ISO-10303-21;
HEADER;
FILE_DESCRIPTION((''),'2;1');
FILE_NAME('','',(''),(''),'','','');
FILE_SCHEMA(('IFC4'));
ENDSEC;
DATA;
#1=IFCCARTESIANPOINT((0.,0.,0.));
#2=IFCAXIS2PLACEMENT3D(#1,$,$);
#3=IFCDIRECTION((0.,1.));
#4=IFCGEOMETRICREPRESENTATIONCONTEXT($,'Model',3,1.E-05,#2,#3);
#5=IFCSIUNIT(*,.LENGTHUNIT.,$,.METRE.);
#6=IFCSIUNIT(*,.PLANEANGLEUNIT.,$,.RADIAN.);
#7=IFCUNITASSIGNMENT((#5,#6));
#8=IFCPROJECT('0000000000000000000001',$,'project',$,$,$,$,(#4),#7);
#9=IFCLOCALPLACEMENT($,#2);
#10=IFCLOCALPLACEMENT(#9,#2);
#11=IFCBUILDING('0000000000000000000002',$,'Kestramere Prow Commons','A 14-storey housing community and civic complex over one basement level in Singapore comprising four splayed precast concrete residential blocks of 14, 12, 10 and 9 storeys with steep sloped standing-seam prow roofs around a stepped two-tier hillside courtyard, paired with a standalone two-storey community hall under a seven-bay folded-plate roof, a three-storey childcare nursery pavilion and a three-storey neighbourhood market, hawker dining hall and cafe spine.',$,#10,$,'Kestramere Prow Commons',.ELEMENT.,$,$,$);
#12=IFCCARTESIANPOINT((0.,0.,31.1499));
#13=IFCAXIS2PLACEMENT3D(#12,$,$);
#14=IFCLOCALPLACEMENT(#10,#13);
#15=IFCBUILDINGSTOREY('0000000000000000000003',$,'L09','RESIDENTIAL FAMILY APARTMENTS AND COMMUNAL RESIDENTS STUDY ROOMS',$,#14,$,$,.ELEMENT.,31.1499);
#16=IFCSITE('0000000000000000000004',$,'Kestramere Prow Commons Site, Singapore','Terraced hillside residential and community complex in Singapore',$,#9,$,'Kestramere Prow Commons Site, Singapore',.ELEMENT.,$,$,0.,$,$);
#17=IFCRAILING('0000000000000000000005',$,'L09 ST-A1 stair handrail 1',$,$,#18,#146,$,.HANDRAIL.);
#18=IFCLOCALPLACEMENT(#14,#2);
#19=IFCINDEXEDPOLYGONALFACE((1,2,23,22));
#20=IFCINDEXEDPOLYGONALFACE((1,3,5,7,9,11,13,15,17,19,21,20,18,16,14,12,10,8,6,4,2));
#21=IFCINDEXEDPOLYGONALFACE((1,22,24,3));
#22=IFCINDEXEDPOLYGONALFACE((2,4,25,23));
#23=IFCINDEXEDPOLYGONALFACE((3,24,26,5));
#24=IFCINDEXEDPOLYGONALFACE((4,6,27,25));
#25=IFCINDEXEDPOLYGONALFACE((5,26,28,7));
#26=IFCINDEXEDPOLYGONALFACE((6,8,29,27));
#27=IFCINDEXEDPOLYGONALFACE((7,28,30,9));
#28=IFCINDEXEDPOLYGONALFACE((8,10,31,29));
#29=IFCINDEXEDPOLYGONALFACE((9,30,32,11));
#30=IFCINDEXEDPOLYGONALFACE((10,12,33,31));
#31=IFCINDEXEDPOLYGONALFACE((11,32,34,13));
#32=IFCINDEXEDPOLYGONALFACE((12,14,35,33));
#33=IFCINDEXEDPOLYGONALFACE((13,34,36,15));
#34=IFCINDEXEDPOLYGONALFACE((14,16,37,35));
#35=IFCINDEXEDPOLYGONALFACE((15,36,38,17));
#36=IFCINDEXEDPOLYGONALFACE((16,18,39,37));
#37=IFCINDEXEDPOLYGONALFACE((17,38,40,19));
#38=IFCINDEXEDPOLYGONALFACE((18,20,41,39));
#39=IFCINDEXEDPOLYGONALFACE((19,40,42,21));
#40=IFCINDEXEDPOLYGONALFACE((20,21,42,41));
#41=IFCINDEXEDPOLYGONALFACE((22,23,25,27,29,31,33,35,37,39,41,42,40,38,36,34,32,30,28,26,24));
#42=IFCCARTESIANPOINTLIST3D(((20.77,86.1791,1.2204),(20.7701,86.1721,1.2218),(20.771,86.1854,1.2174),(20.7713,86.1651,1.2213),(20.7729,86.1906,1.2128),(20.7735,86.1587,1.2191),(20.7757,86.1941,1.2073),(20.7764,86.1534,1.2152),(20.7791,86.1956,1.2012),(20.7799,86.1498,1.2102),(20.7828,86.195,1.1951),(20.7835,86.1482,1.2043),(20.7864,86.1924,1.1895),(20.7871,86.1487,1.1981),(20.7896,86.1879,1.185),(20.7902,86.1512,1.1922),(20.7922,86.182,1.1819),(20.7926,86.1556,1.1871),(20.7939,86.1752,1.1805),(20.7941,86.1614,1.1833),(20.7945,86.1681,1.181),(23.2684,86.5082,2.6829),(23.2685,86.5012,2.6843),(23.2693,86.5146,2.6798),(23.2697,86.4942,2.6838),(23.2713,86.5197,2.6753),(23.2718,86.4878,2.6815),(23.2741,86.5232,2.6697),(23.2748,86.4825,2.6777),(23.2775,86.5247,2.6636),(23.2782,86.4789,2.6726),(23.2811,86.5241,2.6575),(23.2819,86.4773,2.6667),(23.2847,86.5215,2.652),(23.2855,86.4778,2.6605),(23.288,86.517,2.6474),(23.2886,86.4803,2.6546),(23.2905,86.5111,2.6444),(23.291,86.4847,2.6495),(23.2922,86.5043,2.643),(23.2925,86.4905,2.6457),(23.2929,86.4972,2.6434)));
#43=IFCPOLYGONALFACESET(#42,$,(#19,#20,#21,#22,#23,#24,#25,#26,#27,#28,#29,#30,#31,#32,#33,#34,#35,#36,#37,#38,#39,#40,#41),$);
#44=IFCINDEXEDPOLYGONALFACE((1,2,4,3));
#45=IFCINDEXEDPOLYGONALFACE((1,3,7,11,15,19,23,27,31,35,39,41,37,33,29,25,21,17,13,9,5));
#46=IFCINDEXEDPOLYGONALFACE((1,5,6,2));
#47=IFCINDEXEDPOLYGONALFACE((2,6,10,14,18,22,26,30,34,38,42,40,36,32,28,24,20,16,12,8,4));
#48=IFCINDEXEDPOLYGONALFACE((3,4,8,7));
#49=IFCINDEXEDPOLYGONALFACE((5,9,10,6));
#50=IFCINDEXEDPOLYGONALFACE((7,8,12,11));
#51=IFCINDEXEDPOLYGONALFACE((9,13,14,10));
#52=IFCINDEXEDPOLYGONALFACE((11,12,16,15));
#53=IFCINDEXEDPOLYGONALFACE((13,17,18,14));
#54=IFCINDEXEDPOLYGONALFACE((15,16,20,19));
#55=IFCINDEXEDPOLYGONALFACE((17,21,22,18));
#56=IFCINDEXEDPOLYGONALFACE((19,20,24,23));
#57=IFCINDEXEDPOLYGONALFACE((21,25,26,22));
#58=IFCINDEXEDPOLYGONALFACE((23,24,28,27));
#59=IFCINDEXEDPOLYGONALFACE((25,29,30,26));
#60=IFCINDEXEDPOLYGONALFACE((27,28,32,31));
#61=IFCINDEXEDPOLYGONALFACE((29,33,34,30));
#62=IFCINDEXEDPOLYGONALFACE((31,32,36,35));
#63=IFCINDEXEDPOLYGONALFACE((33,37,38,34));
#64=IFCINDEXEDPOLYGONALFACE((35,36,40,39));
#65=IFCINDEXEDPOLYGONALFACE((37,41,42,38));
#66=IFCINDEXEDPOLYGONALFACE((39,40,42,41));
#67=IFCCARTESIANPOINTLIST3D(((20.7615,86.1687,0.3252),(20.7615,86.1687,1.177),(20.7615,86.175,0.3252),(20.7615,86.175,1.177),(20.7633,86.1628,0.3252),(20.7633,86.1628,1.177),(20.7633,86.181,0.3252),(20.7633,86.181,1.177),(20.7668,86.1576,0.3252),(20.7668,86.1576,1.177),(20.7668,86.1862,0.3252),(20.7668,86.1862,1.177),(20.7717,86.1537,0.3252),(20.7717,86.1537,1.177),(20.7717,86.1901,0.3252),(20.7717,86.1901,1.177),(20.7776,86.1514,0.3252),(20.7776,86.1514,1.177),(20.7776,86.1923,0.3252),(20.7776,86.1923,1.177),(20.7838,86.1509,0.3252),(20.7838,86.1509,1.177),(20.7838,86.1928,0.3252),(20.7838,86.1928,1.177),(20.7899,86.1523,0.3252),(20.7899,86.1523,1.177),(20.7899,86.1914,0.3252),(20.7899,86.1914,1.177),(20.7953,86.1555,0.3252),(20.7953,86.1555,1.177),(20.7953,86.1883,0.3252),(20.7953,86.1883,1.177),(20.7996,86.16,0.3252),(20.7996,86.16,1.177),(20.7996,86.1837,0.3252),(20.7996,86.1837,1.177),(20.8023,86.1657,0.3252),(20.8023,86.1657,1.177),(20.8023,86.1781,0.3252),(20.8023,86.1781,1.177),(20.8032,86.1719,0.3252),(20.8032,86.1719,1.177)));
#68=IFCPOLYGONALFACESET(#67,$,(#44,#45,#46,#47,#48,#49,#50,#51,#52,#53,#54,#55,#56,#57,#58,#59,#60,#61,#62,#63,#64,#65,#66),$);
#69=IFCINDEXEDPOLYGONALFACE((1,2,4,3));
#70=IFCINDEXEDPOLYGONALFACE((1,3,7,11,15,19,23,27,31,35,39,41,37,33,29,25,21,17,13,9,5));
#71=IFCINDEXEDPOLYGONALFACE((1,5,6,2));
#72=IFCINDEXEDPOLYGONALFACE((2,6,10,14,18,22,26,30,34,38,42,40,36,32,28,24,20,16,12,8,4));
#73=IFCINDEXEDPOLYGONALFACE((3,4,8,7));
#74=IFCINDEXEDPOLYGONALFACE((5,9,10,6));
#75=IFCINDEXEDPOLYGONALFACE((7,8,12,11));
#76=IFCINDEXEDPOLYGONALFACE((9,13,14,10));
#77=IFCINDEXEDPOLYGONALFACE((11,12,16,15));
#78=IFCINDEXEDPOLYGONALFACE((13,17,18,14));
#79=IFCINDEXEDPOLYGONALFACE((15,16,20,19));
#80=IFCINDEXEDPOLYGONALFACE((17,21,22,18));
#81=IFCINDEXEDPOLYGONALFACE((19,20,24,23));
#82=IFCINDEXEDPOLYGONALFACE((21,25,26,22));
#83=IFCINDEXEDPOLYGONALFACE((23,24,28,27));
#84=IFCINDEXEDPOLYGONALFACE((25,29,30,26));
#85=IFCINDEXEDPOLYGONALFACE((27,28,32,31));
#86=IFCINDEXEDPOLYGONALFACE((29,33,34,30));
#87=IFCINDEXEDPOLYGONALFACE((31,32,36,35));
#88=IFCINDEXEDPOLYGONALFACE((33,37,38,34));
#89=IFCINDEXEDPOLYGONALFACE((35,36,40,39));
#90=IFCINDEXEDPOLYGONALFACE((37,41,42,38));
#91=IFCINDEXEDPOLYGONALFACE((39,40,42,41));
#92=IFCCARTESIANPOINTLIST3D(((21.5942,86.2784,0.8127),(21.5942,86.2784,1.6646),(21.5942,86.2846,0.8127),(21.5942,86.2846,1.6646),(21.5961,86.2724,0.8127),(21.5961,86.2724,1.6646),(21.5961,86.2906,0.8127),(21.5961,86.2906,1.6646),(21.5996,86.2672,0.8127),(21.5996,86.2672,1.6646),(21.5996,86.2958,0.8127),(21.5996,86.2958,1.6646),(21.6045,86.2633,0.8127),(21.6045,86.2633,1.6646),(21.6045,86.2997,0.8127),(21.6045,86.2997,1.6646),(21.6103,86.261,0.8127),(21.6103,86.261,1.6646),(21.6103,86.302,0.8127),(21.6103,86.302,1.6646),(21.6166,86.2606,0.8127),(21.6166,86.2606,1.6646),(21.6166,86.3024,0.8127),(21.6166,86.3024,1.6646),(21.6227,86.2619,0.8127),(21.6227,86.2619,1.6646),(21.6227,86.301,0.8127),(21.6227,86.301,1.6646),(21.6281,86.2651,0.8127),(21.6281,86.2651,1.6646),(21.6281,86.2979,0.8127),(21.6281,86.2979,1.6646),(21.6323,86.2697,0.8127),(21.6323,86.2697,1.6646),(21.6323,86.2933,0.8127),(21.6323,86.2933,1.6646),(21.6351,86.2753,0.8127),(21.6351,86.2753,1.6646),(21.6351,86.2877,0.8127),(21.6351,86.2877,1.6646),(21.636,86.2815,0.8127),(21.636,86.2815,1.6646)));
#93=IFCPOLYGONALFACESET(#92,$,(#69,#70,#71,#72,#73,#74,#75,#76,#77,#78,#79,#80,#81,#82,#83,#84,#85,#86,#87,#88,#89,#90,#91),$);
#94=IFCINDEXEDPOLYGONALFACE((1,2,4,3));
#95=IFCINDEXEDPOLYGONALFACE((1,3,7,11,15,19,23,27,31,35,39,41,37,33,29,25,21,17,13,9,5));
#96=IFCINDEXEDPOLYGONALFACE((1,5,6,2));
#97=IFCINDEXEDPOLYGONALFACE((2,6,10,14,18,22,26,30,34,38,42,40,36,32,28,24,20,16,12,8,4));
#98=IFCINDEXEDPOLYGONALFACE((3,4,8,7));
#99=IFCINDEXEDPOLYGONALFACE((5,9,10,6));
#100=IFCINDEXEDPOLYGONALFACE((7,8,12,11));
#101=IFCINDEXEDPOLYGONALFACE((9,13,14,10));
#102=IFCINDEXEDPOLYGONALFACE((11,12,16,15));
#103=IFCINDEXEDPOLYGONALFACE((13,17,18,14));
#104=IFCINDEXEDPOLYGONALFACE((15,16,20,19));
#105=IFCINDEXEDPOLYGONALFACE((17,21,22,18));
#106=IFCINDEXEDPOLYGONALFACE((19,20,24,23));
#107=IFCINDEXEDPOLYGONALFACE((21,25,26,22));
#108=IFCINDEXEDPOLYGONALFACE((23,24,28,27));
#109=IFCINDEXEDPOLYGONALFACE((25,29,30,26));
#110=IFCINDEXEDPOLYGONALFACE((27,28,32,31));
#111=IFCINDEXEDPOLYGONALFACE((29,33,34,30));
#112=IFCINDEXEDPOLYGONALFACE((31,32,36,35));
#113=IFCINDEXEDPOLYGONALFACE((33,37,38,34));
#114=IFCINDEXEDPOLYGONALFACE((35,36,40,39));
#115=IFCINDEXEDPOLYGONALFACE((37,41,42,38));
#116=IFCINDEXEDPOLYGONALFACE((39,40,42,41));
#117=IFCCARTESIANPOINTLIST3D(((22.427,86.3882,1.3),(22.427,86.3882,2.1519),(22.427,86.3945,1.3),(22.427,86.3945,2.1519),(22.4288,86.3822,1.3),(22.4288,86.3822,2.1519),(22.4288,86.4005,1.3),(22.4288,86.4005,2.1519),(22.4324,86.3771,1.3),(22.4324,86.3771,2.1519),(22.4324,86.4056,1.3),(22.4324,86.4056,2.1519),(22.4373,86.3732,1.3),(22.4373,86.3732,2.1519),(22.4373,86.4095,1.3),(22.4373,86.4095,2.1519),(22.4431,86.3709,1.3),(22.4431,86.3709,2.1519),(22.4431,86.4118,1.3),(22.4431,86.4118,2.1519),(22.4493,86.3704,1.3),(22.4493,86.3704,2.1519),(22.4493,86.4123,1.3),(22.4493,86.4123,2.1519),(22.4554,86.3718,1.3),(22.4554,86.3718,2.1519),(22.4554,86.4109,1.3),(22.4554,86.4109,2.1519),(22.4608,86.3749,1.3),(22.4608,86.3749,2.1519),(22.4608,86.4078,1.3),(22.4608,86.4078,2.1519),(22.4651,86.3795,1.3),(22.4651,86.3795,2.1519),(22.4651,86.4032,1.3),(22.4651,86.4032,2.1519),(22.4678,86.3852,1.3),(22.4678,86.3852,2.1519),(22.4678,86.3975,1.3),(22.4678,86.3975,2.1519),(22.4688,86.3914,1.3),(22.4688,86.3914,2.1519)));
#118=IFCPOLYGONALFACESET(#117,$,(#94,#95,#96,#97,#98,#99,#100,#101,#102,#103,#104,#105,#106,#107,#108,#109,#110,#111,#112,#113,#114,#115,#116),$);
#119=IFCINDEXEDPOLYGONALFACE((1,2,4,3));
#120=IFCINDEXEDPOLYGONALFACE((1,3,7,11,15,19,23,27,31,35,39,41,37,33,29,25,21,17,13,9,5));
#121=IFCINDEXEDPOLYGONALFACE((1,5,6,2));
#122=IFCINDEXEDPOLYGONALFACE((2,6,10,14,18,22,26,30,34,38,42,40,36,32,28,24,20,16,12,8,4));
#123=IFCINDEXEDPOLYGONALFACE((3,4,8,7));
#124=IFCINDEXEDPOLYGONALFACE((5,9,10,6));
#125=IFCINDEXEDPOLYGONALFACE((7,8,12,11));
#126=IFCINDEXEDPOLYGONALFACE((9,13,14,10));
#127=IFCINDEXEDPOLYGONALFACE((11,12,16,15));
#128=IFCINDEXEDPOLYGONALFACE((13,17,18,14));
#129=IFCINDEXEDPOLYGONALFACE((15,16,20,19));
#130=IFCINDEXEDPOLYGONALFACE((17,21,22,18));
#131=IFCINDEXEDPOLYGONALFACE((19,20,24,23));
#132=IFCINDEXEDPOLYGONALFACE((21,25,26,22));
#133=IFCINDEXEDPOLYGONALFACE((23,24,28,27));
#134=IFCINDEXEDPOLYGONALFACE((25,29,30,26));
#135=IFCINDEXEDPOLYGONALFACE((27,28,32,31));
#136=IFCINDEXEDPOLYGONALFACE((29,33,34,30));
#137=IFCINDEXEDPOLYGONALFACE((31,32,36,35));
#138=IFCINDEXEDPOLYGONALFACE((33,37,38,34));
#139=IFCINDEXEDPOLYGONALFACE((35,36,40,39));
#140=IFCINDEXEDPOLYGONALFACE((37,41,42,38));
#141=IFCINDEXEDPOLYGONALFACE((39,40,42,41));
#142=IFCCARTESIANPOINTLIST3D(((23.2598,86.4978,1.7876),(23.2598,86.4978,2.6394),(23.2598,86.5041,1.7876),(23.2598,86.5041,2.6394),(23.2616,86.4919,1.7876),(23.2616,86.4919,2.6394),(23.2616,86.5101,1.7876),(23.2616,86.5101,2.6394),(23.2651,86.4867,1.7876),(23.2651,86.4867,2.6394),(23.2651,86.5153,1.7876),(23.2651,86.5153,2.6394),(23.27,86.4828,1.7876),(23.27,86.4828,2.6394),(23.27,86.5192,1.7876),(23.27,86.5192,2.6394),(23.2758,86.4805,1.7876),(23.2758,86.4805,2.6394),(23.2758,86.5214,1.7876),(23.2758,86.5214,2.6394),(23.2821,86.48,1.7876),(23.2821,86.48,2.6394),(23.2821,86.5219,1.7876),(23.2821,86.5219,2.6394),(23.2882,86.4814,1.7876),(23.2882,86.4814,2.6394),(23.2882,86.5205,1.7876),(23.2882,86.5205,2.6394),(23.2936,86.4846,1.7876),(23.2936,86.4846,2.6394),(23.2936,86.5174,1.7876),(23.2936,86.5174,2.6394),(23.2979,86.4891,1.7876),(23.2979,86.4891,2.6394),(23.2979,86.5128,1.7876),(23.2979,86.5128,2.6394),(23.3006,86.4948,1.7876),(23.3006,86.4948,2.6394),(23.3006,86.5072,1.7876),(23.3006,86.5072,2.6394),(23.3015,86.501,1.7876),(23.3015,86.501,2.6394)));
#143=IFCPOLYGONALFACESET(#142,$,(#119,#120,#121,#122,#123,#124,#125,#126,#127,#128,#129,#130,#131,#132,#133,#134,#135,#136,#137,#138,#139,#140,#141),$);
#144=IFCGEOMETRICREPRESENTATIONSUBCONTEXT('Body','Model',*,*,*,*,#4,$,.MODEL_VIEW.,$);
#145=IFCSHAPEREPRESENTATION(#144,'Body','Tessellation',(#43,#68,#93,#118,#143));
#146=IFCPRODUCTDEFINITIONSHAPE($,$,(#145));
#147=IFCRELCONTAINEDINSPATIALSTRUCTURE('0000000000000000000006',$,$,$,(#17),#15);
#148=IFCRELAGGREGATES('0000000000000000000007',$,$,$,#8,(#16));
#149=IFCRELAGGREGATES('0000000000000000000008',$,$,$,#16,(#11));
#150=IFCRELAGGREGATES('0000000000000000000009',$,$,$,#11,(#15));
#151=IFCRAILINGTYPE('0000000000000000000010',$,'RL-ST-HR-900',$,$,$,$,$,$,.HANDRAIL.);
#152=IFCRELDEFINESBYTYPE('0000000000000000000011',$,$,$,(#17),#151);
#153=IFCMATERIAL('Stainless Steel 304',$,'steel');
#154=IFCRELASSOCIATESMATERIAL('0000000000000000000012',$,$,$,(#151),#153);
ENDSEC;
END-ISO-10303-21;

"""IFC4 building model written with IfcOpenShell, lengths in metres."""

from ifc_helpers import new_model, si_unit, direction, frame, origin, origin_2d, place, context, subcontext, project, spatial, circle, extrude, material, type_object, element, save


model = new_model("IFC4")

# Units and contexts
model_context = context("Model", 3, precision=1e-05, world=origin(), true_north=direction((0.0, 1.0)))
body_context = subcontext(model_context, "Body", "Model", "MODEL_VIEW")
ifc_project = project(units=[si_unit("LENGTHUNIT", "METRE"), si_unit("PLANEANGLEUNIT", "RADIAN")], contexts=[model_context])

# Site, building, storey
site_placement = place(None, origin())
site = spatial("IfcSite", under=ifc_project, at=site_placement, Name="Kestramere Prow Commons Site, Singapore", Description="Terraced hillside residential and community complex in Singapore", LongName="Kestramere Prow Commons Site, Singapore", CompositionType="ELEMENT", RefElevation=0.0)
building_placement = place(site_placement, origin())
building = spatial("IfcBuilding", under=site, at=building_placement, Name="Kestramere Prow Commons", Description="A 14-storey housing community and civic complex over one basement level in Singapore comprising four splayed precast concrete residential blocks of 14, 12, 10 and 9 storeys with steep sloped standing-seam prow roofs around a stepped two-tier hillside courtyard, paired with a standalone two-storey community hall under a seven-bay folded-plate roof, a three-storey childcare nursery pavilion and a three-storey neighbourhood market, hawker dining hall and cafe spine.", LongName="Kestramere Prow Commons", CompositionType="ELEMENT")
storey_placement = place(building_placement, frame((0.0, 0.0, 31.1499)))
storey = spatial("IfcBuildingStorey", under=building, at=storey_placement, Name="L09", Description="RESIDENTIAL FAMILY APARTMENTS AND COMMUNAL RESIDENTS STUDY ROOMS", CompositionType="ELEMENT", Elevation=31.1499)

# Railing
ifc_material_1 = material(Name="Stainless Steel 304", Category="steel")
railing_type_1 = type_object("IfcRailingType", Name="RL-ST-HR-900", PredefinedType="HANDRAIL", material=ifc_material_1)
railing_1_placement = place(storey_placement, frame((20.7822, 86.1719, 0.3252)))
element("IfcRailing", 1, at=railing_1_placement, inside=storey, type_object=railing_type_1, Name="L09 ST-A1 stair handrail 1", PredefinedType="HANDRAIL", context=body_context, shape_type="SweptSolid", body=[
    extrude(circle(Radius=0.0239, at=origin_2d()), frame((0.0, 0.0, 0.876), z_axis=(0.857493, 0.112958, 0.501943), x_axis=(-0.130602, 0.991435, 0.0)), (0.0, 0.0, 1.0), 2.9136),
    extrude(circle(Radius=0.021, at=origin_2d()), origin(), (0.0, 0.0, 1.0), 0.8518),
    extrude(circle(Radius=0.021, at=origin_2d()), frame((0.8328, 0.1096, 0.4875)), (0.0, 0.0, 1.0), 0.8518),
    extrude(circle(Radius=0.021, at=origin_2d()), frame((1.6655, 0.2195, 0.9749)), (0.0, 0.0, 1.0), 0.8518),
    extrude(circle(Radius=0.021, at=origin_2d()), frame((2.4983, 0.3291, 1.4624)), (0.0, 0.0, 1.0), 0.8518),
])

save(model, "model.ifc")
